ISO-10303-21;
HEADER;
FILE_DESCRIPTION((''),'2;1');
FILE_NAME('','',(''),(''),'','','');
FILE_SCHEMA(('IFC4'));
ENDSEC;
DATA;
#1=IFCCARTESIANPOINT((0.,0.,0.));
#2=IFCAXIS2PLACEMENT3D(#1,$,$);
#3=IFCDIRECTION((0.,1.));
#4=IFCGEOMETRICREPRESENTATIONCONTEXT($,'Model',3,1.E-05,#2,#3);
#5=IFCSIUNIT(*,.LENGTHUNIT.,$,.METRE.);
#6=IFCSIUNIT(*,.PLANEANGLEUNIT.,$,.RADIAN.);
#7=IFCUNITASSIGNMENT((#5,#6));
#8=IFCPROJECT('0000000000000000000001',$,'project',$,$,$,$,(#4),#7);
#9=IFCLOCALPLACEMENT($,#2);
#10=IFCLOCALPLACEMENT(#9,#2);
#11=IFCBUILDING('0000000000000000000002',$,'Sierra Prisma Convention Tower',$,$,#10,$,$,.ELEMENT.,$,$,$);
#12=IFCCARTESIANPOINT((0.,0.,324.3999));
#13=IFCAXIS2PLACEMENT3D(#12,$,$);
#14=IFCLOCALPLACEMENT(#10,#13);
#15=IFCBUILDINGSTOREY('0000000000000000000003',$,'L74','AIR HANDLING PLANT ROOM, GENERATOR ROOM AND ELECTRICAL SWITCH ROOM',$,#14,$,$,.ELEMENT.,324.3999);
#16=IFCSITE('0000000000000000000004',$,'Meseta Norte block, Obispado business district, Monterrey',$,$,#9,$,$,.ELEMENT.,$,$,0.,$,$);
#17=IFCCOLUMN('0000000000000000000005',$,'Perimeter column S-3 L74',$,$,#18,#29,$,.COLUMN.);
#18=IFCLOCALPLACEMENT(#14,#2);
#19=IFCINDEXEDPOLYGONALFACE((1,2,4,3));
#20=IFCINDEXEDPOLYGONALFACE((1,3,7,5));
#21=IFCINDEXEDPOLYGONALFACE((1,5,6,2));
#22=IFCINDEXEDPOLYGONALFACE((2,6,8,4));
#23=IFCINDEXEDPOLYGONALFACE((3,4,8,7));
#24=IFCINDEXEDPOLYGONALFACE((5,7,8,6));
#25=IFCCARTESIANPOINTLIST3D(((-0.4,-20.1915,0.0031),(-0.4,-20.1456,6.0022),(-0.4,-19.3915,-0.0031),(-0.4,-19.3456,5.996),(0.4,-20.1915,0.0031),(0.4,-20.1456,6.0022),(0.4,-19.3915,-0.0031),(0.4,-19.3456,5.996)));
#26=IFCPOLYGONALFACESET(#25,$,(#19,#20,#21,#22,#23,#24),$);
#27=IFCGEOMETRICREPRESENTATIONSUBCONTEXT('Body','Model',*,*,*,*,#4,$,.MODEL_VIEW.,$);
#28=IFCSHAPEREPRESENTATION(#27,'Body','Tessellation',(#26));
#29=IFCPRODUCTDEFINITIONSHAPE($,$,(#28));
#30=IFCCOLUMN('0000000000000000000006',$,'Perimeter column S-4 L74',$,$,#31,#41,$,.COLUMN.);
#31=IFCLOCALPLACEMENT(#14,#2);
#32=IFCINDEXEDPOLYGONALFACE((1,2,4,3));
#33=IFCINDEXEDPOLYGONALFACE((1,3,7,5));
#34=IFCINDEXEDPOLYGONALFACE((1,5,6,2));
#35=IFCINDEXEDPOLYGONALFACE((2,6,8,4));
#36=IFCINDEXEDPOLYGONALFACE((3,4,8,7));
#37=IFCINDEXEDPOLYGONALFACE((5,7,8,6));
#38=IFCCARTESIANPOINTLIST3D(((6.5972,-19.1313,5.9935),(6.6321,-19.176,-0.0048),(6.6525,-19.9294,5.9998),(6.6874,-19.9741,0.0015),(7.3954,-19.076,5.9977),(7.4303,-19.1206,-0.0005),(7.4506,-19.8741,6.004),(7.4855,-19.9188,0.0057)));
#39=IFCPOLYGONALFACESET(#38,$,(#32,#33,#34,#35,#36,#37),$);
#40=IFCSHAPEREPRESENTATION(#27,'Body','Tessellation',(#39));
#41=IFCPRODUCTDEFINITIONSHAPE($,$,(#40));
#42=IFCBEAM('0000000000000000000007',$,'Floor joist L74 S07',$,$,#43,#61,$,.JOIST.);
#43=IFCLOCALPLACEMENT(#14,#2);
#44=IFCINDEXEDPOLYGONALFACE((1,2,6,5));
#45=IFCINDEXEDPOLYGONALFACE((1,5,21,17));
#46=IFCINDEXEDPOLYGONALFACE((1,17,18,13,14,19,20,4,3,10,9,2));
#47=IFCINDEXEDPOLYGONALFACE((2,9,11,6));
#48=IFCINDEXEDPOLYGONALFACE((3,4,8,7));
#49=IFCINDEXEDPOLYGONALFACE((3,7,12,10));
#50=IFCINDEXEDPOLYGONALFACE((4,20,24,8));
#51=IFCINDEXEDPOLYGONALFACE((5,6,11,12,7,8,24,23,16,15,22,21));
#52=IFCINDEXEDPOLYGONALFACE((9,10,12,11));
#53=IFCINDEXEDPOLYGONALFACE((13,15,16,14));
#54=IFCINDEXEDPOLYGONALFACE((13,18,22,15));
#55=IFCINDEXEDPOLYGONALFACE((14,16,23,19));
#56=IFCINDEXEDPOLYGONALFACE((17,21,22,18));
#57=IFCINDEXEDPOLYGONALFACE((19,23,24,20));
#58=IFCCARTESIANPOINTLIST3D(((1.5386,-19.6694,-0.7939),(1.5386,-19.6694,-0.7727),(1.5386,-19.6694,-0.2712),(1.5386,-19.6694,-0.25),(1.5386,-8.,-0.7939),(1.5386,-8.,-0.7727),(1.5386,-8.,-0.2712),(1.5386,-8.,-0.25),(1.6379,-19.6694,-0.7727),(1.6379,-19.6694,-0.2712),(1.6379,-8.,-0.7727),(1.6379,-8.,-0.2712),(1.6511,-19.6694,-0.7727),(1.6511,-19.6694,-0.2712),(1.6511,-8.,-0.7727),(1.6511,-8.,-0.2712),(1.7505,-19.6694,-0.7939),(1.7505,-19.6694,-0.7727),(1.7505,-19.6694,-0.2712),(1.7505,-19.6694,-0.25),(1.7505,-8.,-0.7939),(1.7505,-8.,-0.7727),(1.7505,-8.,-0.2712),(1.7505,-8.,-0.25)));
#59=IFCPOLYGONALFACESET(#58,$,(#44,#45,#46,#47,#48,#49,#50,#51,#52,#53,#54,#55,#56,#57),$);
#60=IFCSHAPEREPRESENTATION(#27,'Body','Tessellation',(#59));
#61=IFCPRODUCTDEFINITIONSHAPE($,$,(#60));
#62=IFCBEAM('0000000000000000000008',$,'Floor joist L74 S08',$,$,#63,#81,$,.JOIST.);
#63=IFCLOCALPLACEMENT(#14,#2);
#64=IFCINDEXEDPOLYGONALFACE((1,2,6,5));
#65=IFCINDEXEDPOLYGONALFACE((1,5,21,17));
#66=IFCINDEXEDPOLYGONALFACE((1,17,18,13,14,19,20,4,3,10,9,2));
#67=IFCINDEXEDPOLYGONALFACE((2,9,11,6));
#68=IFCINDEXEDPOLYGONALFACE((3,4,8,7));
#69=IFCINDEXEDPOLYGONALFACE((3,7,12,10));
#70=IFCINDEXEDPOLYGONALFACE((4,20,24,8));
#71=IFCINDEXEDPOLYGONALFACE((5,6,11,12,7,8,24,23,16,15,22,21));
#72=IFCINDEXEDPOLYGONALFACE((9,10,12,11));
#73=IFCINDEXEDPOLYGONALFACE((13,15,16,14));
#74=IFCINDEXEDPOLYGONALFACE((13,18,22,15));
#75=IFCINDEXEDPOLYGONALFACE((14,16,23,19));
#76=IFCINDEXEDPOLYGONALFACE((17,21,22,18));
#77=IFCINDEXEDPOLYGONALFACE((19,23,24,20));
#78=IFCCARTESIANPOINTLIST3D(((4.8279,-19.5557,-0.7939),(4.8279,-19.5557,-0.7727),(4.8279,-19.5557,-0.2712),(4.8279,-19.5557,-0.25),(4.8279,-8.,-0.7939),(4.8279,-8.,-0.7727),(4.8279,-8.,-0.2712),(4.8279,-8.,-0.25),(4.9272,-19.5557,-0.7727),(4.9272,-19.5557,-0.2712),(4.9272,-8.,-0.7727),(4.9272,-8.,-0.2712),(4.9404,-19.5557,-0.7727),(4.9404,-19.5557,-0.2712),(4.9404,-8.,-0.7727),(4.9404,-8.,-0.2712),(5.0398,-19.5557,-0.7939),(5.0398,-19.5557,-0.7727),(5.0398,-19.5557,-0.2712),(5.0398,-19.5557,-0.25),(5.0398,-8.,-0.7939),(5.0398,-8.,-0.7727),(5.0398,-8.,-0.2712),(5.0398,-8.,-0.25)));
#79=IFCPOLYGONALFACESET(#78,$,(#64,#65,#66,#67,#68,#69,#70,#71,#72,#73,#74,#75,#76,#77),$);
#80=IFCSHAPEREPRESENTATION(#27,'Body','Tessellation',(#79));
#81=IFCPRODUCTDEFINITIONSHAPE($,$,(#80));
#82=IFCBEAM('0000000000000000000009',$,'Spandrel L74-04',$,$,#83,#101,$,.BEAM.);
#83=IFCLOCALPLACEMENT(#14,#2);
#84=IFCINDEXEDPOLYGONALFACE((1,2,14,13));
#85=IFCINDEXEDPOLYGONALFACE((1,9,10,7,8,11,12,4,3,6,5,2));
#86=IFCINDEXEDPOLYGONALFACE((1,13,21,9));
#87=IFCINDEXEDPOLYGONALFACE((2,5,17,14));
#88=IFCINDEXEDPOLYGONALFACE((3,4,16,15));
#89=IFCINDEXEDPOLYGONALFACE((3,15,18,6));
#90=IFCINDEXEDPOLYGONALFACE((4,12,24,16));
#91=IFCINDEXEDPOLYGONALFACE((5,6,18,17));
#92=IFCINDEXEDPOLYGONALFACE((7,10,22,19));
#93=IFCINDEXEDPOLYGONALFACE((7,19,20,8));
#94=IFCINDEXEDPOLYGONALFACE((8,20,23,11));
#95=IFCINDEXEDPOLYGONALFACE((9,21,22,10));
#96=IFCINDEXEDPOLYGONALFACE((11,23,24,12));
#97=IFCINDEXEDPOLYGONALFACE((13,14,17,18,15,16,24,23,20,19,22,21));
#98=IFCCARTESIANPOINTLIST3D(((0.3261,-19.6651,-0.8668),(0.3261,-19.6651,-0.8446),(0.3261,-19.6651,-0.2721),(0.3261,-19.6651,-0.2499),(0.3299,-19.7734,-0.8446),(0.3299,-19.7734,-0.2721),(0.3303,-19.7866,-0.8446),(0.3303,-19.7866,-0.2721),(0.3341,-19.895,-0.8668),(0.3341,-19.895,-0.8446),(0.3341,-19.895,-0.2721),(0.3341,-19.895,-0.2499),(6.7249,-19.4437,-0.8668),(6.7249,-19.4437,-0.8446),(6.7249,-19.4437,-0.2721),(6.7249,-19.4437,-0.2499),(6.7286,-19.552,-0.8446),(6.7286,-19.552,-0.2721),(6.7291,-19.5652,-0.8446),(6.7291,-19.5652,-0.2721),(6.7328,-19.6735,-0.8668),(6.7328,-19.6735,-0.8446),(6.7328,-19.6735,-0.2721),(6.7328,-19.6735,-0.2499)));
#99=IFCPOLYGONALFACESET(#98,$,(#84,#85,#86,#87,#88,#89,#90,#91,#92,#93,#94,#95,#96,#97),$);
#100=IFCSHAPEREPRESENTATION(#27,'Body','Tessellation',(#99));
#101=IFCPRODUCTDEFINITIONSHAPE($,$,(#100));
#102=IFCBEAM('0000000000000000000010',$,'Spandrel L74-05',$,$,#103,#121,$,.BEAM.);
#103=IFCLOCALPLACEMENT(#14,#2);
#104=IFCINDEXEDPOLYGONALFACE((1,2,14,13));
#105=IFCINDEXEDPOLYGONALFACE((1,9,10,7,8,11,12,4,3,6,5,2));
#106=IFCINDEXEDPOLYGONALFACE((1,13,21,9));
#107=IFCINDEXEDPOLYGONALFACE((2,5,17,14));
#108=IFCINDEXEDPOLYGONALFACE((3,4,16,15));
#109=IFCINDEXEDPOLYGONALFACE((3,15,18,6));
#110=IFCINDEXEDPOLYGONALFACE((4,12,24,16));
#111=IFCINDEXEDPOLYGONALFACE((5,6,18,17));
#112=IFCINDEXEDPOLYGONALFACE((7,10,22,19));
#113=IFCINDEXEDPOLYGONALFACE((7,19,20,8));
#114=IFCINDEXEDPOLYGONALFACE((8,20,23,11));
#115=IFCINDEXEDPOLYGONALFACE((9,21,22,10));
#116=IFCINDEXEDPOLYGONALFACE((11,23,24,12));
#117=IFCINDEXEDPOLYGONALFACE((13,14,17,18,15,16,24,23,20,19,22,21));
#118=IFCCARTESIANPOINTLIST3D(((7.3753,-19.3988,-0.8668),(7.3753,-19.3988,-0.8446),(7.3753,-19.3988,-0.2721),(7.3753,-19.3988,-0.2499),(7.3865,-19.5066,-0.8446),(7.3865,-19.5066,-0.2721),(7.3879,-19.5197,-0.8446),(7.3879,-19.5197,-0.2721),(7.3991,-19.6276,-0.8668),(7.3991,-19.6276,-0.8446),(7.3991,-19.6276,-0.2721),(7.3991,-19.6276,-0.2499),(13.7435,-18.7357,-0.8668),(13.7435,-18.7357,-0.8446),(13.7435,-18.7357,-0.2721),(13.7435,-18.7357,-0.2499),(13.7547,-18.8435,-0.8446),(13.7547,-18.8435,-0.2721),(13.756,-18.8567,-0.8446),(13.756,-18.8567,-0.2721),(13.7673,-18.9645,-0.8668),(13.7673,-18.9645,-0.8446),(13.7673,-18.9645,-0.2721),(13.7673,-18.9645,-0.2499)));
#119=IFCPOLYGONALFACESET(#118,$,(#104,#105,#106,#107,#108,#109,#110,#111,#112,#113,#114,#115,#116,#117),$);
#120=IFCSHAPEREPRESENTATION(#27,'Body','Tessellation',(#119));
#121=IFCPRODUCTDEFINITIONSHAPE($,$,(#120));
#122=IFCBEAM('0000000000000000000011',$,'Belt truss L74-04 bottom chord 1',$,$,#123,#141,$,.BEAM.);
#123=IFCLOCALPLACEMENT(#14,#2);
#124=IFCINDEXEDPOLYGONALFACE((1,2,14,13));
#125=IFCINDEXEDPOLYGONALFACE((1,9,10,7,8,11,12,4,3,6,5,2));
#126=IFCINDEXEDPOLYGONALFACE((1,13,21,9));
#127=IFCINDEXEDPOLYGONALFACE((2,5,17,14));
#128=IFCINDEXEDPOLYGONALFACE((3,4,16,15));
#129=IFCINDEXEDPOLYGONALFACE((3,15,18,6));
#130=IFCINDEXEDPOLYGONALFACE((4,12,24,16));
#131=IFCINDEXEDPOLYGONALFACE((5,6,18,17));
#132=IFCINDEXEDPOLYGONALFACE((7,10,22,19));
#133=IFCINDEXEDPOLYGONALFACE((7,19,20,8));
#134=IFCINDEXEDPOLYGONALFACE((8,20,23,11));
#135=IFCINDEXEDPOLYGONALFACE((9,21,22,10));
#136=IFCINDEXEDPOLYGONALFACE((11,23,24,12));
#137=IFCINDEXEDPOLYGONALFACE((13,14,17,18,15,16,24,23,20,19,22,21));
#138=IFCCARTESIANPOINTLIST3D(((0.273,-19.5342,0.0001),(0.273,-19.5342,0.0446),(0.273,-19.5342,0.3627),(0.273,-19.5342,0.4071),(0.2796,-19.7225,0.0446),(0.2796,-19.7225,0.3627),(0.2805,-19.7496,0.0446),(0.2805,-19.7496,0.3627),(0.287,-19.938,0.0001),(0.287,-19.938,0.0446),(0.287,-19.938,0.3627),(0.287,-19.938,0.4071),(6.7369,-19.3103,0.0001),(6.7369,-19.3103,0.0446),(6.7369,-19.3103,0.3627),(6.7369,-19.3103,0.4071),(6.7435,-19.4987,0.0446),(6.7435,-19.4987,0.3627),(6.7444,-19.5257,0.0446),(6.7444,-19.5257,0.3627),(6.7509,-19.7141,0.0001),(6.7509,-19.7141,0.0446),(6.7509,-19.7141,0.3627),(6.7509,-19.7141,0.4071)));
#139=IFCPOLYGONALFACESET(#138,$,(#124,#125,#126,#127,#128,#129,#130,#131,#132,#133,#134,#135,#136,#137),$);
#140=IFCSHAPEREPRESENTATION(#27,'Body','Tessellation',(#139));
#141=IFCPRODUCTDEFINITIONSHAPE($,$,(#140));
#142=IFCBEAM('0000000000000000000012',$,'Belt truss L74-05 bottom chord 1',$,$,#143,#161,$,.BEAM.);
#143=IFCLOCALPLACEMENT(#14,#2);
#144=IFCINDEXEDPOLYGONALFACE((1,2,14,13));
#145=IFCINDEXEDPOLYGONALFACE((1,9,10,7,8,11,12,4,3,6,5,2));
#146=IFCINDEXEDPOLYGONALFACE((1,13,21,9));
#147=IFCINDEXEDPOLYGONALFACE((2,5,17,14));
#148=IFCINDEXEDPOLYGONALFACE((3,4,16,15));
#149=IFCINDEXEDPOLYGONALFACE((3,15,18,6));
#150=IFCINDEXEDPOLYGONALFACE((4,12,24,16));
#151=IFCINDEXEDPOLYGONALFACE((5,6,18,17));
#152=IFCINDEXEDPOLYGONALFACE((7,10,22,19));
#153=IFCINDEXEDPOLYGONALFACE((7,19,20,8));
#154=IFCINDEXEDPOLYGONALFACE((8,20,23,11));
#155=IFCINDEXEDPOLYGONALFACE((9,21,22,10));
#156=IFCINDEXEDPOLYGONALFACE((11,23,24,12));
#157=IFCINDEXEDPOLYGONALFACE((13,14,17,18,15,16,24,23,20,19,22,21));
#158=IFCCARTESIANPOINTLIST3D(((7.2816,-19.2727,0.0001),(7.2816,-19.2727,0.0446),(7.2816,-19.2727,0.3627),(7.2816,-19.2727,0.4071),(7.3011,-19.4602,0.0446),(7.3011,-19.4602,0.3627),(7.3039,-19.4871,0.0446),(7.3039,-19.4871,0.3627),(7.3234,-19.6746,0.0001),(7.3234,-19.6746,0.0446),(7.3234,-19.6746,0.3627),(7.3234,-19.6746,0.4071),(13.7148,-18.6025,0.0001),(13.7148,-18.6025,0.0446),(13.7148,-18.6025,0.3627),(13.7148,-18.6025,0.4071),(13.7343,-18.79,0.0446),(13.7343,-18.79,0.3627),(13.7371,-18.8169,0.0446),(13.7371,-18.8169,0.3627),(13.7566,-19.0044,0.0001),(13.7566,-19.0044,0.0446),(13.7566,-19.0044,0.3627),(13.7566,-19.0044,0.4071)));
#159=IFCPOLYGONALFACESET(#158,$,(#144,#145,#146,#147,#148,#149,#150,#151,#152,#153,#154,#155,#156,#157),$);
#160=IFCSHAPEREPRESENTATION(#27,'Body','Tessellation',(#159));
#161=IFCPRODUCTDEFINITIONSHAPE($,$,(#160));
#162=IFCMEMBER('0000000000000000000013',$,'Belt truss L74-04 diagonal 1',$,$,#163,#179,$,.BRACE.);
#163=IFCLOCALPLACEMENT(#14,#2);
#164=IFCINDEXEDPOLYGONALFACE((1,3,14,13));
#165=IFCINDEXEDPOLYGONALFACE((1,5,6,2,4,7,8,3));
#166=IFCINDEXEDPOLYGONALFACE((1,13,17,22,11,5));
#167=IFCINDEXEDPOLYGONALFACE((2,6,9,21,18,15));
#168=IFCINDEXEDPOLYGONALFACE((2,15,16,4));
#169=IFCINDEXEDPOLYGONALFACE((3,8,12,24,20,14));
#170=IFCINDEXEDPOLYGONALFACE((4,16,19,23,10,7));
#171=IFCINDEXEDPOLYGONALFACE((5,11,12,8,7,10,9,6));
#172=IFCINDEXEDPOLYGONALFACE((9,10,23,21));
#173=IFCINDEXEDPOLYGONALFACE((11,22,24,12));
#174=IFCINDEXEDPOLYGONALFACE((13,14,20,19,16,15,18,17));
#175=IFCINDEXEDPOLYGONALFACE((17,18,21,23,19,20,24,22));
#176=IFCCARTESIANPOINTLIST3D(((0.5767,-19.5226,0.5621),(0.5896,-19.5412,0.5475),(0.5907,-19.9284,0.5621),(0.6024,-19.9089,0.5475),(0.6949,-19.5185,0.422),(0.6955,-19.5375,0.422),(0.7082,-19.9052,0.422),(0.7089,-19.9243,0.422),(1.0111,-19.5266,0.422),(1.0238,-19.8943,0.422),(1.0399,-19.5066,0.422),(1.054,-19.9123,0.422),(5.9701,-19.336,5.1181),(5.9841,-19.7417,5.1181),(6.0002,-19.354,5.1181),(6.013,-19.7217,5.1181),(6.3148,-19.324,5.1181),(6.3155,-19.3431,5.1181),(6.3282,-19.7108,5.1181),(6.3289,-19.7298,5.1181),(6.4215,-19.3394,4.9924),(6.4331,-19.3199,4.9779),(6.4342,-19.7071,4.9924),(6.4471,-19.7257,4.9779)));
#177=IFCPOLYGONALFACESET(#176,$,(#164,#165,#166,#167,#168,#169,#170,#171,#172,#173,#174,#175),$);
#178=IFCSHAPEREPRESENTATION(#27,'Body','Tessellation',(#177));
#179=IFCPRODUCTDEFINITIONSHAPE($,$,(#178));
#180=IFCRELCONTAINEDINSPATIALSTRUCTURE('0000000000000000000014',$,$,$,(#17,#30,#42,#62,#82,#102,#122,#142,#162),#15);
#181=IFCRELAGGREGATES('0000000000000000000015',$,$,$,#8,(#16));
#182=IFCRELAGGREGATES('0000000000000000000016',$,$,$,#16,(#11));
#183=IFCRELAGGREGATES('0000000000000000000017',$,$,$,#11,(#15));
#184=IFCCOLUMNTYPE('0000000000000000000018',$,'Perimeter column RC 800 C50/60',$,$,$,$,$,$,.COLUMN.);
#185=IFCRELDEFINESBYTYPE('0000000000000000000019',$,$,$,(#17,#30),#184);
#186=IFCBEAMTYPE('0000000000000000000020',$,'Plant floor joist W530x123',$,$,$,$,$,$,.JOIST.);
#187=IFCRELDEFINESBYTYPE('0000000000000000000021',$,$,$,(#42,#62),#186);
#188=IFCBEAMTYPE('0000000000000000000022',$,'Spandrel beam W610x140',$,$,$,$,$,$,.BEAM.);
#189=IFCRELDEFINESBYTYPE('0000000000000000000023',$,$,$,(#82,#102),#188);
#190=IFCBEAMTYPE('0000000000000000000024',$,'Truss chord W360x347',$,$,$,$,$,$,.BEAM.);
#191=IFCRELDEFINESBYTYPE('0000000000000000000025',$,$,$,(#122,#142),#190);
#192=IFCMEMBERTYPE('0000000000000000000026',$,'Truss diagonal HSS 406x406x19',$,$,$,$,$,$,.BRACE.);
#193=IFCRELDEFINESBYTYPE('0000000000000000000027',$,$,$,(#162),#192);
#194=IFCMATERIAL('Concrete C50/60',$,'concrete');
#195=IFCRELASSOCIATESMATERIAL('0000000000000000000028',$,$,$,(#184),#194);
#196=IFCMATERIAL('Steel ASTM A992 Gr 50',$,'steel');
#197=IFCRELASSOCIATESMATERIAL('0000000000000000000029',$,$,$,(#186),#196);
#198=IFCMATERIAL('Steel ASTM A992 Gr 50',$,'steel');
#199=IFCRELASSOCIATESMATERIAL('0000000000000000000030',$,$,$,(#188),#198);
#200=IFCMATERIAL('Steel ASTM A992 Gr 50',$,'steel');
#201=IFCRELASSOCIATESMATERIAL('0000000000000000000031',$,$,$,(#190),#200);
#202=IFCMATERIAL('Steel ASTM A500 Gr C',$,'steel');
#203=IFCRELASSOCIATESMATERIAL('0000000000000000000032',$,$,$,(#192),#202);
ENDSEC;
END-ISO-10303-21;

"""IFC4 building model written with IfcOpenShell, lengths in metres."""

from ifc_helpers import new_model, si_unit, direction, frame, origin, origin_2d, place, context, subcontext, project, spatial, rectangle, hollow_rectangle, i_section, extrude, clip, halfspace, material, material_profile, profile_set, type_object, element, save


model = new_model("IFC4")

# Units and contexts
model_context = context("Model", 3, precision=1e-05, world=origin(), true_north=direction((0.0, 1.0)))
body_context = subcontext(model_context, "Body", "Model", "MODEL_VIEW")
ifc_project = project(units=[si_unit("LENGTHUNIT", "METRE"), si_unit("PLANEANGLEUNIT", "RADIAN")], contexts=[model_context])

# Site, building, storey
site_placement = place(None, origin())
site = spatial("IfcSite", under=ifc_project, at=site_placement, Name="Meseta Norte block, Obispado business district, Monterrey", CompositionType="ELEMENT", RefElevation=0.0)
building_placement = place(site_placement, origin())
building = spatial("IfcBuilding", under=site, at=building_placement, Name="Sierra Prisma Convention Tower", CompositionType="ELEMENT")
storey_placement = place(building_placement, frame((0.0, 0.0, 324.3999)))
storey = spatial("IfcBuildingStorey", under=building, at=storey_placement, Name="L74", Description="AIR HANDLING PLANT ROOM, GENERATOR ROOM AND ELECTRICAL SWITCH ROOM", CompositionType="ELEMENT", Elevation=324.3999)

# Columns
ifc_material_1 = material(Name="Concrete C50/60", Category="concrete")
ifc_material_profile_1 = material_profile(ifc_material_1, rectangle(XDim=0.8, YDim=0.8, at=origin_2d()), Name="Perimeter column RC 800 C50/60")
ifc_profile_set_1 = profile_set([ifc_material_profile_1], Name="Concrete C50/60")
column_type = type_object("IfcColumnType", Name="Perimeter column RC 800 C50/60", PredefinedType="COLUMN", material=ifc_profile_set_1)
column_1_placement = place(storey_placement, frame((0.0, -19.7915, 0.0), z_axis=(0.0, 0.00765, 0.999971), x_axis=(1.0, 0.0, 0.0)))
element("IfcColumn", 1, at=column_1_placement, inside=storey, type_object=column_type, Name="Perimeter column S-3 L74", PredefinedType="COLUMN", context=body_context, shape_type="SweptSolid", body=[
    clip(extrude(rectangle(XDim=0.8, YDim=0.8, at=origin_2d()), origin(), (0.0, 0.0, 1.0), 6.0002), halfspace(frame((0.0, 0.0, 5.9993)), False)),
])
column_2_placement = place(storey_placement, frame((7.0588, -19.5474, 0.0), z_axis=(-0.005818, 0.007446, 0.999955), x_axis=(0.997593, 0.06914, 0.00529)))
element("IfcColumn", 2, at=column_2_placement, inside=storey, type_object=column_type, Name="Perimeter column S-4 L74", PredefinedType="COLUMN", context=body_context, shape_type="SweptSolid", body=[
    clip(clip(extrude(rectangle(XDim=0.8, YDim=0.8, at=origin_2d()), origin(), (0.0, 0.0, 1.0), 6.0002), halfspace(frame((0.0, 0.0, 0.0005)), True)), halfspace(frame((0.0, 0.0, 5.999)), False)),
])

# Beams
ifc_material_2 = material(Name="Steel ASTM A992 Gr 50", Category="steel")
ifc_material_profile_2 = material_profile(ifc_material_2, i_section(OverallWidth=0.2119, OverallDepth=0.5439, WebThickness=0.0132, FlangeThickness=0.0212, at=origin_2d()), Name="W530x123")
ifc_profile_set_2 = profile_set([ifc_material_profile_2], Name="Steel ASTM A992 Gr 50")
beam_type_1 = type_object("IfcBeamType", Name="Plant floor joist W530x123", PredefinedType="JOIST", material=ifc_profile_set_2)
beam_1_placement = place(storey_placement, frame((1.6445, -19.6694, -0.522), z_axis=(0.0, 1.0, 0.0), x_axis=(-1.0, 0.0, 0.0)))
element("IfcBeam", 3, at=beam_1_placement, inside=storey, type_object=beam_type_1, Name="Floor joist L74 S07", PredefinedType="JOIST", context=body_context, shape_type="SweptSolid", body=[
    extrude(i_section(OverallWidth=0.2119, OverallDepth=0.5439, WebThickness=0.0132, FlangeThickness=0.0212, at=origin_2d()), origin(), (0.0, 0.0, 1.0), 11.6694),
])
beam_2_placement = place(storey_placement, frame((4.9338, -19.5557, -0.522), z_axis=(0.0, 1.0, 0.0), x_axis=(-1.0, 0.0, 0.0)))
element("IfcBeam", 4, at=beam_2_placement, inside=storey, type_object=beam_type_1, Name="Floor joist L74 S08", PredefinedType="JOIST", context=body_context, shape_type="SweptSolid", body=[
    extrude(i_section(OverallWidth=0.2119, OverallDepth=0.5439, WebThickness=0.0132, FlangeThickness=0.0212, at=origin_2d()), origin(), (0.0, 0.0, 1.0), 11.5557),
])
ifc_material_3 = material(Name="Steel ASTM A992 Gr 50", Category="steel")
ifc_material_profile_3 = material_profile(ifc_material_3, i_section(OverallWidth=0.23, OverallDepth=0.6169, WebThickness=0.0132, FlangeThickness=0.0222, at=origin_2d()), Name="W610x140")
ifc_profile_set_3 = profile_set([ifc_material_profile_3], Name="Steel ASTM A992 Gr 50")
beam_type_2 = type_object("IfcBeamType", Name="Spandrel beam W610x140", PredefinedType="BEAM", material=ifc_profile_set_3)
for number, where, z_axis, x_axis, name in (
    (5, (0.3301, -19.78, -0.5583), (0.999402, 0.034586, 0.0), (-0.034586, 0.999402, 0.0), "Spandrel L74-04"),
    (6, (7.3872, -19.5132, -0.5583), (0.994623, 0.103565, 0.0), (-0.103565, 0.994623, 0.0), "Spandrel L74-05"),
):
    element("IfcBeam", number, at=place(storey_placement, frame(where, z_axis=z_axis, x_axis=x_axis)), inside=storey, type_object=beam_type_2, Name=name, PredefinedType="BEAM", context=body_context, shape_type="SweptSolid", body=[
        extrude(i_section(OverallWidth=0.23, OverallDepth=0.6169, WebThickness=0.0132, FlangeThickness=0.0222, at=origin_2d()), origin(), (0.0, 0.0, 1.0), 6.4026),
    ])
ifc_material_4 = material(Name="Steel ASTM A992 Gr 50", Category="steel")
ifc_material_profile_4 = material_profile(ifc_material_4, i_section(OverallWidth=0.4041, OverallDepth=0.407, WebThickness=0.0271, FlangeThickness=0.0444, at=origin_2d()), Name="W360x347")
ifc_profile_set_4 = profile_set([ifc_material_profile_4], Name="Steel ASTM A992 Gr 50")
beam_type_3 = type_object("IfcBeamType", Name="Truss chord W360x347", PredefinedType="BEAM", material=ifc_profile_set_4)
beam_3_placement = place(storey_placement, frame((0.28, -19.7361, 0.2036), z_axis=(0.999401, 0.034614, 0.0), x_axis=(-0.034614, 0.999401, 0.0)))
element("IfcBeam", 7, at=beam_3_placement, inside=storey, type_object=beam_type_3, Name="Belt truss L74-04 bottom chord 1", PredefinedType="BEAM", context=body_context, shape_type="SweptSolid", body=[
    extrude(i_section(OverallWidth=0.4041, OverallDepth=0.407, WebThickness=0.0271, FlangeThickness=0.0444, at=origin_2d()), origin(), (0.0, 0.0, 1.0), 6.4678),
])
beam_4_placement = place(storey_placement, frame((7.3025, -19.4736, 0.2036), z_axis=(0.994618, 0.103614, 0.0), x_axis=(-0.103614, 0.994618, 0.0)))
element("IfcBeam", 8, at=beam_4_placement, inside=storey, type_object=beam_type_3, Name="Belt truss L74-05 bottom chord 1", PredefinedType="BEAM", context=body_context, shape_type="SweptSolid", body=[
    extrude(i_section(OverallWidth=0.4041, OverallDepth=0.407, WebThickness=0.0271, FlangeThickness=0.0444, at=origin_2d()), origin(), (0.0, 0.0, 1.0), 6.468),
])

# Member
ifc_material_5 = material(Name="Steel ASTM A500 Gr C", Category="steel")
ifc_material_profile_5 = material_profile(ifc_material_5, hollow_rectangle(XDim=0.406, YDim=0.406, WallThickness=0.019, at=origin_2d()), Name="Truss diagonal HSS 406x406x19")
ifc_profile_set_5 = profile_set([ifc_material_profile_5], Name="Steel ASTM A500 Gr C")
member_type = type_object("IfcMemberType", Name="Truss diagonal HSS 406x406x19", PredefinedType="BRACE", material=ifc_profile_set_5)
member_1_placement = place(storey_placement, frame((0.7146, -19.7209, 0.407), z_axis=(0.763653, 0.026426, 0.645086), x_axis=(-0.034584, 0.999402, 0.0)))
element("IfcMember", 9, at=member_1_placement, inside=storey, type_object=member_type, Name="Belt truss L74-04 diagonal 1", PredefinedType="BRACE", context=body_context, shape_type="SweptSolid", body=[
    clip(clip(extrude(hollow_rectangle(XDim=0.406, YDim=0.406, WallThickness=0.019, at=origin_2d()), origin(), (0.0, 0.0, 1.0), 7.3262), halfspace(frame((0.0, 0.0115, 0.0098), z_axis=(0.0, 0.76411, 0.645086), x_axis=(1.0, 0.0, 0.0)), True)), halfspace(frame((0.0, -0.0115, 7.3167), z_axis=(0.0, -0.76411, -0.645086), x_axis=(1.0, 0.0, 0.0)), True)),
])

save(model, "model.ifc")
